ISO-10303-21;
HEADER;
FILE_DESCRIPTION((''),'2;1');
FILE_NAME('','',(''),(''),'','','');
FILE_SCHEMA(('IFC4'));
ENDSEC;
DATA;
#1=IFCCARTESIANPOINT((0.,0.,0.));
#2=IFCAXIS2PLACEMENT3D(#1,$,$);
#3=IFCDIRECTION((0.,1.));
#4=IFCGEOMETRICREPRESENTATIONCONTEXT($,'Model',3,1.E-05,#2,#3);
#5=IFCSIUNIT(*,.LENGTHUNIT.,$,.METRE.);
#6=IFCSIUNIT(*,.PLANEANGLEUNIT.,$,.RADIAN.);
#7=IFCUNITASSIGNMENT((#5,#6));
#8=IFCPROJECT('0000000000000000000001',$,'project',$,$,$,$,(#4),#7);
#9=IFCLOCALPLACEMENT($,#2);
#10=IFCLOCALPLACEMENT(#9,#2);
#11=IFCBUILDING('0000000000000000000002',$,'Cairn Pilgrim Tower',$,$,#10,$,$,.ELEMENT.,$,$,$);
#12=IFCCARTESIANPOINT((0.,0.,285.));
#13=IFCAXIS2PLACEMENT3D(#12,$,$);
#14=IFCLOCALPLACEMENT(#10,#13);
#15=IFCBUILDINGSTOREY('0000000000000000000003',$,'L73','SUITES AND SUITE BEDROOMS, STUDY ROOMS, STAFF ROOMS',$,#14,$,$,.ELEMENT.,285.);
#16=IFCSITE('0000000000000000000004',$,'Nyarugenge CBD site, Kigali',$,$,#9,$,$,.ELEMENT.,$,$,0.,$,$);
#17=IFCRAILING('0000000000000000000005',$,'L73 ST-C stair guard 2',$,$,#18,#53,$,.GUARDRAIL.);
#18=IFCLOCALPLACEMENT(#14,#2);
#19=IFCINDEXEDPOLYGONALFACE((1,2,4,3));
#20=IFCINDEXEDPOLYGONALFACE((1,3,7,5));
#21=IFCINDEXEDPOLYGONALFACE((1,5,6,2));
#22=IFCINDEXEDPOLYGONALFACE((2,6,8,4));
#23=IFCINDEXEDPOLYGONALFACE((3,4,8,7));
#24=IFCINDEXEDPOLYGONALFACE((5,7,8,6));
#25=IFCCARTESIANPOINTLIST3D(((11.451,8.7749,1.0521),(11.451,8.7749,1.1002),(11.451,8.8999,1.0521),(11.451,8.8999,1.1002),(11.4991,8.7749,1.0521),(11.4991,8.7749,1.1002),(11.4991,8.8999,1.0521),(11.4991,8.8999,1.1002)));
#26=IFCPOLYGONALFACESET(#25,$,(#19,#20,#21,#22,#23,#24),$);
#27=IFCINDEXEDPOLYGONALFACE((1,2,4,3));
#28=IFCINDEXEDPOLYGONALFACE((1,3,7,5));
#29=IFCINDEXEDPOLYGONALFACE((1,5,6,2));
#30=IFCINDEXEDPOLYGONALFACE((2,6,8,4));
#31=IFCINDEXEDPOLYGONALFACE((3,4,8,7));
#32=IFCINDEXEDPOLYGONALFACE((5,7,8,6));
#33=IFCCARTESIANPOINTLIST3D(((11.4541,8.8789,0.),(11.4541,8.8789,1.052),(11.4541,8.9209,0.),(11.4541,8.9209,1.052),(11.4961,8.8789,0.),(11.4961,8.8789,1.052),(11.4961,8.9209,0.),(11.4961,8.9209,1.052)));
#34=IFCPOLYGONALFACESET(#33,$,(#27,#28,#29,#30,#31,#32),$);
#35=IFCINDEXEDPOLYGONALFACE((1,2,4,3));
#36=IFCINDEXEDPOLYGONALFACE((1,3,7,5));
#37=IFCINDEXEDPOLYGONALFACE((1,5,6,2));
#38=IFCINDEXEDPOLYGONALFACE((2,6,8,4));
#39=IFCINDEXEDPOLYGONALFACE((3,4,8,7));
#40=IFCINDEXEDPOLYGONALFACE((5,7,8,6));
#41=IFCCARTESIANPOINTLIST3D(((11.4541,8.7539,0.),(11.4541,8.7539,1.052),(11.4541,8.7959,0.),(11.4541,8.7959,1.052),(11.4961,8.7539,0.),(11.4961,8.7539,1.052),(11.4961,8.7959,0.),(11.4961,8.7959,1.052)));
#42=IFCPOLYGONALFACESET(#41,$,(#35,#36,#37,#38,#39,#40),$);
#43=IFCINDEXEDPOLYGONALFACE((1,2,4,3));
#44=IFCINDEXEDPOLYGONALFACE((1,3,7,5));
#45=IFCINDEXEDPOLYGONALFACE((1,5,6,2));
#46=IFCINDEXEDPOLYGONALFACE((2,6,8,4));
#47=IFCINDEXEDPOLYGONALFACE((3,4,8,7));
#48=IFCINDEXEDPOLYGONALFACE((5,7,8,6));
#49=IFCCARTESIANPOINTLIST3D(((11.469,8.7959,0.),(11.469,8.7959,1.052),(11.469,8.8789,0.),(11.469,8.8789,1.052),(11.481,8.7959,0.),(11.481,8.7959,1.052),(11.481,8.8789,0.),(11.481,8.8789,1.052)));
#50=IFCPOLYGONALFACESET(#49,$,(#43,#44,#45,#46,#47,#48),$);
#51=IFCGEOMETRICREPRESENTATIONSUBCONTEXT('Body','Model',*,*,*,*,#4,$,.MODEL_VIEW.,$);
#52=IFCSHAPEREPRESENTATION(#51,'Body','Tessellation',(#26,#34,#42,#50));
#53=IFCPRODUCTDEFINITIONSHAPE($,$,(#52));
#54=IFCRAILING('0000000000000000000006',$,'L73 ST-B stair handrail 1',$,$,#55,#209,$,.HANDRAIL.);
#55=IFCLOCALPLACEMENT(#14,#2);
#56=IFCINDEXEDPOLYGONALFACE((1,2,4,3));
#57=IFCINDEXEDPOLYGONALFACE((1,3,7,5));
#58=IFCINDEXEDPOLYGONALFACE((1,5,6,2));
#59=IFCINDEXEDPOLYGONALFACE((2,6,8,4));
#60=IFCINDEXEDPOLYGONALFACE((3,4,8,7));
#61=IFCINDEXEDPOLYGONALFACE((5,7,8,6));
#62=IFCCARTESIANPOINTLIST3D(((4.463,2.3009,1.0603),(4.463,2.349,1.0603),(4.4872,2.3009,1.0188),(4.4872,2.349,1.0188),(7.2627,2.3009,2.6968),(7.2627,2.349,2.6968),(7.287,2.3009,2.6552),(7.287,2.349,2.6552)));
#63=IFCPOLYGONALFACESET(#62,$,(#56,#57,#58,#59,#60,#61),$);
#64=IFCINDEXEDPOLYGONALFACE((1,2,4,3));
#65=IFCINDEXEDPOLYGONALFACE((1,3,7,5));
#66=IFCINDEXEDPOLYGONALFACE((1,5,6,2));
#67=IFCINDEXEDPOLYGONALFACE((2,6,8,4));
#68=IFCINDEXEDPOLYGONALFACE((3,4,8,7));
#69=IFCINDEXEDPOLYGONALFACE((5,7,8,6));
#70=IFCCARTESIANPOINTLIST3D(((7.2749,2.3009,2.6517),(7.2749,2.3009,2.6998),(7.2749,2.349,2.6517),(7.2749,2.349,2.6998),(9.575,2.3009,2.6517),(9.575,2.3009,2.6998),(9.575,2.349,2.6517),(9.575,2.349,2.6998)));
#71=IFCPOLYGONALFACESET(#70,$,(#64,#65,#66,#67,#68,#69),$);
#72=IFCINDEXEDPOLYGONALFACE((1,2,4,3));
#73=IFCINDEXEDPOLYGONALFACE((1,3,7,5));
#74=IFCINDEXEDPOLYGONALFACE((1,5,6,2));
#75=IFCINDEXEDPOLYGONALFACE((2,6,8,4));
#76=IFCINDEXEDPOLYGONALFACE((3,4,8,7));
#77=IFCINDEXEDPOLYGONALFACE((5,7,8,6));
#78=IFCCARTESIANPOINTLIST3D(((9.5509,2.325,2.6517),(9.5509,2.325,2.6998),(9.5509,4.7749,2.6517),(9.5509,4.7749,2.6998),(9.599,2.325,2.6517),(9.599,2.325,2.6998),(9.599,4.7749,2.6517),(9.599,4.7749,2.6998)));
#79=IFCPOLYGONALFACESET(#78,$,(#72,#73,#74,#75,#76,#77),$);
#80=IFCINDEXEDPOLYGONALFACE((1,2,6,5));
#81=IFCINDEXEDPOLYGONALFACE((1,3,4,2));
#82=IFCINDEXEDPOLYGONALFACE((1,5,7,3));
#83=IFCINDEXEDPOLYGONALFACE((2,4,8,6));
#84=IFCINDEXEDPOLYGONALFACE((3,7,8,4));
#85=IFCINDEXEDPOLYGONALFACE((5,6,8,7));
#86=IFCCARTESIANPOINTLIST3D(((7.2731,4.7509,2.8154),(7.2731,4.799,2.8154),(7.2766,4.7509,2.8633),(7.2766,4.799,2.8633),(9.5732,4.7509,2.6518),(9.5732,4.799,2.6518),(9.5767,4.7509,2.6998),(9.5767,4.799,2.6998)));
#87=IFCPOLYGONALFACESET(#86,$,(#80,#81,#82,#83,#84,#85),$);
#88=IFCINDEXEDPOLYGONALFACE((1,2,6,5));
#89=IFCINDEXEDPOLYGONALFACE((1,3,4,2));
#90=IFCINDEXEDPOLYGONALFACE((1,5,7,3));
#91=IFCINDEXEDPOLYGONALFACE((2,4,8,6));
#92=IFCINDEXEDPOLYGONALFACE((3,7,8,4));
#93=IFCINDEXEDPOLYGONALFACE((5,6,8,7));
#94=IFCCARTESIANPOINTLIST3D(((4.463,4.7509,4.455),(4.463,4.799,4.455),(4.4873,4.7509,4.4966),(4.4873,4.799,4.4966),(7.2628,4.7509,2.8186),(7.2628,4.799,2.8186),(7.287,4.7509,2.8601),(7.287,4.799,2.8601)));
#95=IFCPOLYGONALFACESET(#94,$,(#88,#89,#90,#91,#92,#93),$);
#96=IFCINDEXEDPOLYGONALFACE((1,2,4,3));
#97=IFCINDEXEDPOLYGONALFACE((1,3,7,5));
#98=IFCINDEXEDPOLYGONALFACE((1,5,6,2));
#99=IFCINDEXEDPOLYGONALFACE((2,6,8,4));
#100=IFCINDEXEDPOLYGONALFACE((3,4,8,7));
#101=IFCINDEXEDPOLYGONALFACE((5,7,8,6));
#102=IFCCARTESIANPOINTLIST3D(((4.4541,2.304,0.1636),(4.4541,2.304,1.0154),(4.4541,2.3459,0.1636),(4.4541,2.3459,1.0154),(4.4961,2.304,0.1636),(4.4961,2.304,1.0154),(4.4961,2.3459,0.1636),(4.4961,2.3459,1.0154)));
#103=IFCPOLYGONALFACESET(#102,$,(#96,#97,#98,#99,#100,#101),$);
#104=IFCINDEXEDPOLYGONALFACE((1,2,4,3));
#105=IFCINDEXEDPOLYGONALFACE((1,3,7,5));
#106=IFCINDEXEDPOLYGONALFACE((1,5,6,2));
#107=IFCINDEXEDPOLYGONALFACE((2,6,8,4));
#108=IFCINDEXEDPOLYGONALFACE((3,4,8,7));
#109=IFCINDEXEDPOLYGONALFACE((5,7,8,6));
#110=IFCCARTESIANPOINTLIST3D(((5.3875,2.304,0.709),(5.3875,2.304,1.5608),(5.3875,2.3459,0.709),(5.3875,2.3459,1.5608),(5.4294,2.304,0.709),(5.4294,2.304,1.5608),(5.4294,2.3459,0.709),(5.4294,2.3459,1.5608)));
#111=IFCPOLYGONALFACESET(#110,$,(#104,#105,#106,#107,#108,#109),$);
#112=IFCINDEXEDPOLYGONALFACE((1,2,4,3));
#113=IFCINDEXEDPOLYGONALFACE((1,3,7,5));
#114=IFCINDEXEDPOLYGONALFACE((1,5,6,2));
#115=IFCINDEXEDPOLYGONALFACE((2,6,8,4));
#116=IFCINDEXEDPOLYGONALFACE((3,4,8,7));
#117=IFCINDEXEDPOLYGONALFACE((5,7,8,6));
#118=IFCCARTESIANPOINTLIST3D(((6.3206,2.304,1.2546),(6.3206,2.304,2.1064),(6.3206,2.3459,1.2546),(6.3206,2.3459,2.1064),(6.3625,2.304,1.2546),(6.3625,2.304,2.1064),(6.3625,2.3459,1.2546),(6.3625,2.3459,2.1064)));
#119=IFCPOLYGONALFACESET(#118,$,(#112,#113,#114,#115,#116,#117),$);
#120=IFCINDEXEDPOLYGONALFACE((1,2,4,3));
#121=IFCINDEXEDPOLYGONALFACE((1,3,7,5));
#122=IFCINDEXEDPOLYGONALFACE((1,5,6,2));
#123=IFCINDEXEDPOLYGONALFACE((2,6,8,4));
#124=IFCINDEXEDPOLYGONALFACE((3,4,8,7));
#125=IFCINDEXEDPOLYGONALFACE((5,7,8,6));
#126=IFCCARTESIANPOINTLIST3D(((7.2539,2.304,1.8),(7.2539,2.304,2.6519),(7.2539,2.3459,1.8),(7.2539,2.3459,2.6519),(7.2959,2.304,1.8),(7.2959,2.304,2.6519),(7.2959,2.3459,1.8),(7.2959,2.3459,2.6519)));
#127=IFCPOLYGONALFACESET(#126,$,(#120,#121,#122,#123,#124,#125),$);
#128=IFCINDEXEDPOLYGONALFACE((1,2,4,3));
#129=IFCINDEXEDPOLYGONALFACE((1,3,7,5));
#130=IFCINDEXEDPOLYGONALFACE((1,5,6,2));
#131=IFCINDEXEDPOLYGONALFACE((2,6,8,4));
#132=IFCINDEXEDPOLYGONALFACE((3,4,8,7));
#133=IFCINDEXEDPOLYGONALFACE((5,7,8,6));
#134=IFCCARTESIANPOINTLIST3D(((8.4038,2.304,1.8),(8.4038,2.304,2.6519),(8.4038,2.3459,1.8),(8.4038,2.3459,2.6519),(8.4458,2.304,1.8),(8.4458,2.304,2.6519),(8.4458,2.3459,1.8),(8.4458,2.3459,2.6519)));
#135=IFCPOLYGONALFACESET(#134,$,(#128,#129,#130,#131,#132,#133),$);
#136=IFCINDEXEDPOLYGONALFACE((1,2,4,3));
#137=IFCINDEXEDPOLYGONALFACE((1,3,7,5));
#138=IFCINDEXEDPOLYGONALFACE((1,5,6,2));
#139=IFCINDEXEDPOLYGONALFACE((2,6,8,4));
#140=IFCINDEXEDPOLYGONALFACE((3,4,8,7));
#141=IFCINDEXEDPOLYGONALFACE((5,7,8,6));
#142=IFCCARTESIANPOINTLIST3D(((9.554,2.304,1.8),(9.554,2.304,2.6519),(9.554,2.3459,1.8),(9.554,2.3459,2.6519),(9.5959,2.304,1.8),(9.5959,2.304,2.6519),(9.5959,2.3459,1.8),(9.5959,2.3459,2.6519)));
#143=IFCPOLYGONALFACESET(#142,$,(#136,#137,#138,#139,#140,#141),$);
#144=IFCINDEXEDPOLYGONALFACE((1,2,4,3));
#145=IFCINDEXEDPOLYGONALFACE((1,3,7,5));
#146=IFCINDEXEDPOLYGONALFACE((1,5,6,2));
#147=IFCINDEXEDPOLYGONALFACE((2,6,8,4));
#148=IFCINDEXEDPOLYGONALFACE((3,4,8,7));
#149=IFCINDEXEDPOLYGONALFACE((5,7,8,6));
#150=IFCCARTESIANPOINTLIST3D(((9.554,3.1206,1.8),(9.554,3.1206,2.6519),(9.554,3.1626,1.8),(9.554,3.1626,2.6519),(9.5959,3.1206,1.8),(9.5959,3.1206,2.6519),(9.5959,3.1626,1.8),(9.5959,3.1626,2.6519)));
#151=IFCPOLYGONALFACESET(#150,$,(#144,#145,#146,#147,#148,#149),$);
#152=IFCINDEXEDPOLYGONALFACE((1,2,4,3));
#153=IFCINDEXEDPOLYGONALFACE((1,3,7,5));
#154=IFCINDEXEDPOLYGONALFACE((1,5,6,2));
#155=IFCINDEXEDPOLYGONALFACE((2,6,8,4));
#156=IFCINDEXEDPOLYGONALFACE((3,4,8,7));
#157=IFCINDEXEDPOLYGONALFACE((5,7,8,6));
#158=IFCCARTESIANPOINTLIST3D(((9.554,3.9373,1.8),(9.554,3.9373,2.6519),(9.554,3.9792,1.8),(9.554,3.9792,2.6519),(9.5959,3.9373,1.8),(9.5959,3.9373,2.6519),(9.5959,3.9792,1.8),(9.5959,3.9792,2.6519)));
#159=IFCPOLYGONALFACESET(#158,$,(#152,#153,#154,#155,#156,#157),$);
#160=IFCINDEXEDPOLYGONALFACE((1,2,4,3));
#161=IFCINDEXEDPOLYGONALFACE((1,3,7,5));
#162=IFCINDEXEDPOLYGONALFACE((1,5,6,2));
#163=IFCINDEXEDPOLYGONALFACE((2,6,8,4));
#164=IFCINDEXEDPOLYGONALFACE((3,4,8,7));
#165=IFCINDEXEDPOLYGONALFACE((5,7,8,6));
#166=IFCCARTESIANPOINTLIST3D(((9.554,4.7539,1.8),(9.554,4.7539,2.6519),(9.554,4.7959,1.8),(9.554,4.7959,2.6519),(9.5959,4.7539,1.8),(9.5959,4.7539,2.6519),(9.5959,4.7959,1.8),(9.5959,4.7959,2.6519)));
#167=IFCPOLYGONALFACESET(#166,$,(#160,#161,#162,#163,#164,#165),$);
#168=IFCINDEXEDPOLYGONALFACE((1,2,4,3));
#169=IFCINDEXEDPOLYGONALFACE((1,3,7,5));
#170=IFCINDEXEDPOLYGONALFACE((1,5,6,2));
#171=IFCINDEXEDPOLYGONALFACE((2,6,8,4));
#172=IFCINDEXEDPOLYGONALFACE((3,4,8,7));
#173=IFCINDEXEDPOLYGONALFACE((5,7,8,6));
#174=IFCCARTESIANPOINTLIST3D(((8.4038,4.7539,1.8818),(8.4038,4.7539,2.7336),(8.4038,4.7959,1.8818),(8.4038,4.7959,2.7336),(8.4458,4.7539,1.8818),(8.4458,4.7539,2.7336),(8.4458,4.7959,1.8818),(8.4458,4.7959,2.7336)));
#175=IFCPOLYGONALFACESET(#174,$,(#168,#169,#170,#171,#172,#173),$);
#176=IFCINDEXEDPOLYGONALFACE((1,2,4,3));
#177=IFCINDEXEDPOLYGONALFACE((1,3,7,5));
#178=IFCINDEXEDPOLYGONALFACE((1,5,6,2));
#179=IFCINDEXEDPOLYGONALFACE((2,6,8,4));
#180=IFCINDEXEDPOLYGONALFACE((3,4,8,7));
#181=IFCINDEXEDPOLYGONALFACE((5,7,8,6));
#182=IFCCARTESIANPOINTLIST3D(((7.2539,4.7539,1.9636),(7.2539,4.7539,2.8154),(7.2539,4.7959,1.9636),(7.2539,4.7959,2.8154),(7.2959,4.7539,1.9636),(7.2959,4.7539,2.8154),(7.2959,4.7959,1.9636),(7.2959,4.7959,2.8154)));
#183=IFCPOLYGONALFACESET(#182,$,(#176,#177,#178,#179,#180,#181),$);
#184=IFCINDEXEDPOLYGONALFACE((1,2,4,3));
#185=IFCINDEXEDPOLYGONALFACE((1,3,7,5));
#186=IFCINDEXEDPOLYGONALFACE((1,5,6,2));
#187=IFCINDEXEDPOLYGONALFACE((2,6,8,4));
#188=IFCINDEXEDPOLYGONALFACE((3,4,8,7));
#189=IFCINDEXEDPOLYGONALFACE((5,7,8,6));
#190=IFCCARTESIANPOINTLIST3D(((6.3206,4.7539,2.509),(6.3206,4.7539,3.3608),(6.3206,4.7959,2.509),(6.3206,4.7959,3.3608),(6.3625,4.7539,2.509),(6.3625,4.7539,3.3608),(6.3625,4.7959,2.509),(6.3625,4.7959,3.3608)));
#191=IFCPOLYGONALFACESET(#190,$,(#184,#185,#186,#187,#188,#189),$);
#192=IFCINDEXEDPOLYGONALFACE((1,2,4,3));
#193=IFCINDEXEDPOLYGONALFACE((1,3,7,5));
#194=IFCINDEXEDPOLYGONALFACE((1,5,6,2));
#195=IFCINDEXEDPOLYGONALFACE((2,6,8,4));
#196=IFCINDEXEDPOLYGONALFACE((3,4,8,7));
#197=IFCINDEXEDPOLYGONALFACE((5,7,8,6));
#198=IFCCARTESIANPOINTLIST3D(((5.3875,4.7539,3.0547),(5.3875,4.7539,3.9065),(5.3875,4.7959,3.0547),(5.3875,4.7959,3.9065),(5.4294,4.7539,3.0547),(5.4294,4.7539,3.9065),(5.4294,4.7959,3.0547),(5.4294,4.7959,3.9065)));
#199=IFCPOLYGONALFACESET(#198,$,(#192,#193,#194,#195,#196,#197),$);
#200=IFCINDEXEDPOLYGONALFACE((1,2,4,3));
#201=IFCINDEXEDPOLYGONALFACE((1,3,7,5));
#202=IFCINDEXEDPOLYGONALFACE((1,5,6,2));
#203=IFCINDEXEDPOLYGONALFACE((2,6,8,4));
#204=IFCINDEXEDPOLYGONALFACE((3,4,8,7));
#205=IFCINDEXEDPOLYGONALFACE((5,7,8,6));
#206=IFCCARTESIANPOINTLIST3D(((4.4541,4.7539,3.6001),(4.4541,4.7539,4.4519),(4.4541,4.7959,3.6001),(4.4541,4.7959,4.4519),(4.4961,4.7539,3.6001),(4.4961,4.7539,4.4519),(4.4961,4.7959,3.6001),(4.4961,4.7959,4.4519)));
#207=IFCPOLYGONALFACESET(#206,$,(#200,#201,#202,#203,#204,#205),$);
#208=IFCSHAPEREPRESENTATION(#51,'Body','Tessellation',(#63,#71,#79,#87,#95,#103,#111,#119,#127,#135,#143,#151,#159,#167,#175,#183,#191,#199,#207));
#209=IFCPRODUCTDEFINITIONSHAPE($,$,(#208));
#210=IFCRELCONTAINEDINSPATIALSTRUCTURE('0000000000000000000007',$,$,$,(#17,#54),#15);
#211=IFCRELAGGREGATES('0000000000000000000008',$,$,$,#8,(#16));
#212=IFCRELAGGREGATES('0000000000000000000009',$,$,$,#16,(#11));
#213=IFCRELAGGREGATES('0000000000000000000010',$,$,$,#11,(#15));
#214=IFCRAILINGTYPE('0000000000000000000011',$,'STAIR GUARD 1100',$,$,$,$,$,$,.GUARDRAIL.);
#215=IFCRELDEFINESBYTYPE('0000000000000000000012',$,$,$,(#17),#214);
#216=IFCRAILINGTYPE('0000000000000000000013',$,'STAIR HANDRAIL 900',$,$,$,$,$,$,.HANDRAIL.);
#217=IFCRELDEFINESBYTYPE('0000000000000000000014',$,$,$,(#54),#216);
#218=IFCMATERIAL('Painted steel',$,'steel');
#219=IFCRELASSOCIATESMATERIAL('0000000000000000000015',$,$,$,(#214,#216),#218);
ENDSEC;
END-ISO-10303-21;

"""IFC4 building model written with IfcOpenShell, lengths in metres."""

from ifc_helpers import new_model, si_unit, direction, frame, origin, origin_2d, place, context, subcontext, project, spatial, polyline, rectangle, outline, extrude, material, type_object, element, save


model = new_model("IFC4")

# Units and contexts
model_context = context("Model", 3, precision=1e-05, world=origin(), true_north=direction((0.0, 1.0)))
body_context = subcontext(model_context, "Body", "Model", "MODEL_VIEW")
ifc_project = project(units=[si_unit("LENGTHUNIT", "METRE"), si_unit("PLANEANGLEUNIT", "RADIAN")], contexts=[model_context])

# Site, building, storey
site_placement = place(None, origin())
site = spatial("IfcSite", under=ifc_project, at=site_placement, Name="Nyarugenge CBD site, Kigali", CompositionType="ELEMENT", RefElevation=0.0)
building_placement = place(site_placement, origin())
building = spatial("IfcBuilding", under=site, at=building_placement, Name="Cairn Pilgrim Tower", CompositionType="ELEMENT")
storey_placement = place(building_placement, frame((0.0, 0.0, 285.0)))
storey = spatial("IfcBuildingStorey", under=building, at=storey_placement, Name="L73", Description="SUITES AND SUITE BEDROOMS, STUDY ROOMS, STAFF ROOMS", CompositionType="ELEMENT", Elevation=285.0)

# Shared definitions
ifc_material_1 = material(Name="Painted steel", Category="steel")

# Railings
railing_type_1 = type_object("IfcRailingType", Name="STAIR GUARD 1100", PredefinedType="GUARDRAIL", material=ifc_material_1)
railing_1_placement = place(storey_placement, frame((11.4751, 8.8999, 0.0)))
element("IfcRailing", 1, at=railing_1_placement, inside=storey, type_object=railing_type_1, Name="L73 ST-C stair guard 2", PredefinedType="GUARDRAIL", context=body_context, shape_type="SweptSolid", body=[
    extrude(rectangle(XDim=0.0481, YDim=0.0481, at=origin_2d()), frame((0.0, 0.0, 1.0762), z_axis=(0.0, -1.0, 0.0), x_axis=(1.0, 0.0, 0.0)), (0.0, 0.0, 1.0), 0.125),
    extrude(rectangle(XDim=0.042, YDim=0.042, at=origin_2d()), origin(), (0.0, 0.0, 1.0), 1.052),
    extrude(rectangle(XDim=0.042, YDim=0.042, at=origin_2d()), frame((0.0, -0.125, 0.0)), (0.0, 0.0, 1.0), 1.052),
    extrude(outline(polyline([(0.021, 0.0), (0.104, 0.0), (0.104, 1.052), (0.021, 1.052), (0.021, 0.0)])), frame((0.0059, 0.0, 0.0), z_axis=(-1.0, 0.0, 0.0), x_axis=(0.0, -1.0, 0.0)), (0.0, 0.0, 1.0), 0.012),
])
railing_type_2 = type_object("IfcRailingType", Name="STAIR HANDRAIL 900", PredefinedType="HANDRAIL", material=ifc_material_1)
railing_2_placement = place(storey_placement, frame((4.4751, 2.325, 0.1636)))
element("IfcRailing", 2, at=railing_2_placement, inside=storey, type_object=railing_type_2, Name="L73 ST-B stair handrail 1", PredefinedType="HANDRAIL", context=body_context, shape_type="SweptSolid", body=[
    extrude(rectangle(XDim=0.0481, YDim=0.0481, at=origin_2d()), frame((0.0, 0.0, 0.876), z_axis=(0.863342, 0.0, 0.50462), x_axis=(0.0, 1.0, 0.0)), (0.0, 0.0, 1.0), 3.2429),
    extrude(rectangle(XDim=0.0481, YDim=0.0481, at=origin_2d()), frame((2.7998, 0.0, 2.5122), z_axis=(1.0, 0.0, 0.0), x_axis=(0.0, 1.0, 0.0)), (0.0, 0.0, 1.0), 2.3),
    extrude(rectangle(XDim=0.0481, YDim=0.0481, at=origin_2d()), frame((5.0999, 0.0, 2.5122), z_axis=(0.0, 1.0, 0.0), x_axis=(-1.0, 0.0, 0.0)), (0.0, 0.0, 1.0), 2.45),
    extrude(rectangle(XDim=0.0481, YDim=0.0481, at=origin_2d()), frame((5.0999, 2.45, 2.5122), z_axis=(-0.997481, 0.0, 0.070939), x_axis=(0.0, -1.0, 0.0)), (0.0, 0.0, 1.0), 2.3059),
    extrude(rectangle(XDim=0.0481, YDim=0.0481, at=origin_2d()), frame((2.7998, 2.45, 2.6758), z_axis=(-0.863342, 0.0, 0.50462), x_axis=(0.0, -1.0, 0.0)), (0.0, 0.0, 1.0), 3.2429),
    extrude(rectangle(XDim=0.042, YDim=0.042, at=origin_2d()), origin(), (0.0, 0.0, 1.0), 0.8518),
    extrude(rectangle(XDim=0.042, YDim=0.042, at=origin_2d()), frame((0.9333, 0.0, 0.5454)), (0.0, 0.0, 1.0), 0.8518),
    extrude(rectangle(XDim=0.042, YDim=0.042, at=origin_2d()), frame((1.8665, 0.0, 1.0911)), (0.0, 0.0, 1.0), 0.8518),
    extrude(rectangle(XDim=0.042, YDim=0.042, at=origin_2d()), frame((2.7998, 0.0, 1.6365)), (0.0, 0.0, 1.0), 0.8518),
    extrude(rectangle(XDim=0.042, YDim=0.042, at=origin_2d()), frame((3.9497, 0.0, 1.6365)), (0.0, 0.0, 1.0), 0.8518),
    extrude(rectangle(XDim=0.042, YDim=0.042, at=origin_2d()), frame((5.0999, 0.0, 1.6365)), (0.0, 0.0, 1.0), 0.8518),
    extrude(rectangle(XDim=0.042, YDim=0.042, at=origin_2d()), frame((5.0999, 0.8167, 1.6365)), (0.0, 0.0, 1.0), 0.8518),
    extrude(rectangle(XDim=0.042, YDim=0.042, at=origin_2d()), frame((5.0999, 1.6333, 1.6365)), (0.0, 0.0, 1.0), 0.8518),
    extrude(rectangle(XDim=0.042, YDim=0.042, at=origin_2d()), frame((5.0999, 2.45, 1.6365)), (0.0, 0.0, 1.0), 0.8518),
    extrude(rectangle(XDim=0.042, YDim=0.042, at=origin_2d()), frame((3.9497, 2.45, 1.7183)), (0.0, 0.0, 1.0), 0.8518),
    extrude(rectangle(XDim=0.042, YDim=0.042, at=origin_2d()), frame((2.7998, 2.45, 1.8)), (0.0, 0.0, 1.0), 0.8518),
    extrude(rectangle(XDim=0.042, YDim=0.042, at=origin_2d()), frame((1.8665, 2.45, 2.3455)), (0.0, 0.0, 1.0), 0.8518),
    extrude(rectangle(XDim=0.042, YDim=0.042, at=origin_2d()), frame((0.9333, 2.45, 2.8911)), (0.0, 0.0, 1.0), 0.8518),
    extrude(rectangle(XDim=0.042, YDim=0.042, at=origin_2d()), frame((0.0, 2.45, 3.4365)), (0.0, 0.0, 1.0), 0.8518),
])

save(model, "model.ifc")
